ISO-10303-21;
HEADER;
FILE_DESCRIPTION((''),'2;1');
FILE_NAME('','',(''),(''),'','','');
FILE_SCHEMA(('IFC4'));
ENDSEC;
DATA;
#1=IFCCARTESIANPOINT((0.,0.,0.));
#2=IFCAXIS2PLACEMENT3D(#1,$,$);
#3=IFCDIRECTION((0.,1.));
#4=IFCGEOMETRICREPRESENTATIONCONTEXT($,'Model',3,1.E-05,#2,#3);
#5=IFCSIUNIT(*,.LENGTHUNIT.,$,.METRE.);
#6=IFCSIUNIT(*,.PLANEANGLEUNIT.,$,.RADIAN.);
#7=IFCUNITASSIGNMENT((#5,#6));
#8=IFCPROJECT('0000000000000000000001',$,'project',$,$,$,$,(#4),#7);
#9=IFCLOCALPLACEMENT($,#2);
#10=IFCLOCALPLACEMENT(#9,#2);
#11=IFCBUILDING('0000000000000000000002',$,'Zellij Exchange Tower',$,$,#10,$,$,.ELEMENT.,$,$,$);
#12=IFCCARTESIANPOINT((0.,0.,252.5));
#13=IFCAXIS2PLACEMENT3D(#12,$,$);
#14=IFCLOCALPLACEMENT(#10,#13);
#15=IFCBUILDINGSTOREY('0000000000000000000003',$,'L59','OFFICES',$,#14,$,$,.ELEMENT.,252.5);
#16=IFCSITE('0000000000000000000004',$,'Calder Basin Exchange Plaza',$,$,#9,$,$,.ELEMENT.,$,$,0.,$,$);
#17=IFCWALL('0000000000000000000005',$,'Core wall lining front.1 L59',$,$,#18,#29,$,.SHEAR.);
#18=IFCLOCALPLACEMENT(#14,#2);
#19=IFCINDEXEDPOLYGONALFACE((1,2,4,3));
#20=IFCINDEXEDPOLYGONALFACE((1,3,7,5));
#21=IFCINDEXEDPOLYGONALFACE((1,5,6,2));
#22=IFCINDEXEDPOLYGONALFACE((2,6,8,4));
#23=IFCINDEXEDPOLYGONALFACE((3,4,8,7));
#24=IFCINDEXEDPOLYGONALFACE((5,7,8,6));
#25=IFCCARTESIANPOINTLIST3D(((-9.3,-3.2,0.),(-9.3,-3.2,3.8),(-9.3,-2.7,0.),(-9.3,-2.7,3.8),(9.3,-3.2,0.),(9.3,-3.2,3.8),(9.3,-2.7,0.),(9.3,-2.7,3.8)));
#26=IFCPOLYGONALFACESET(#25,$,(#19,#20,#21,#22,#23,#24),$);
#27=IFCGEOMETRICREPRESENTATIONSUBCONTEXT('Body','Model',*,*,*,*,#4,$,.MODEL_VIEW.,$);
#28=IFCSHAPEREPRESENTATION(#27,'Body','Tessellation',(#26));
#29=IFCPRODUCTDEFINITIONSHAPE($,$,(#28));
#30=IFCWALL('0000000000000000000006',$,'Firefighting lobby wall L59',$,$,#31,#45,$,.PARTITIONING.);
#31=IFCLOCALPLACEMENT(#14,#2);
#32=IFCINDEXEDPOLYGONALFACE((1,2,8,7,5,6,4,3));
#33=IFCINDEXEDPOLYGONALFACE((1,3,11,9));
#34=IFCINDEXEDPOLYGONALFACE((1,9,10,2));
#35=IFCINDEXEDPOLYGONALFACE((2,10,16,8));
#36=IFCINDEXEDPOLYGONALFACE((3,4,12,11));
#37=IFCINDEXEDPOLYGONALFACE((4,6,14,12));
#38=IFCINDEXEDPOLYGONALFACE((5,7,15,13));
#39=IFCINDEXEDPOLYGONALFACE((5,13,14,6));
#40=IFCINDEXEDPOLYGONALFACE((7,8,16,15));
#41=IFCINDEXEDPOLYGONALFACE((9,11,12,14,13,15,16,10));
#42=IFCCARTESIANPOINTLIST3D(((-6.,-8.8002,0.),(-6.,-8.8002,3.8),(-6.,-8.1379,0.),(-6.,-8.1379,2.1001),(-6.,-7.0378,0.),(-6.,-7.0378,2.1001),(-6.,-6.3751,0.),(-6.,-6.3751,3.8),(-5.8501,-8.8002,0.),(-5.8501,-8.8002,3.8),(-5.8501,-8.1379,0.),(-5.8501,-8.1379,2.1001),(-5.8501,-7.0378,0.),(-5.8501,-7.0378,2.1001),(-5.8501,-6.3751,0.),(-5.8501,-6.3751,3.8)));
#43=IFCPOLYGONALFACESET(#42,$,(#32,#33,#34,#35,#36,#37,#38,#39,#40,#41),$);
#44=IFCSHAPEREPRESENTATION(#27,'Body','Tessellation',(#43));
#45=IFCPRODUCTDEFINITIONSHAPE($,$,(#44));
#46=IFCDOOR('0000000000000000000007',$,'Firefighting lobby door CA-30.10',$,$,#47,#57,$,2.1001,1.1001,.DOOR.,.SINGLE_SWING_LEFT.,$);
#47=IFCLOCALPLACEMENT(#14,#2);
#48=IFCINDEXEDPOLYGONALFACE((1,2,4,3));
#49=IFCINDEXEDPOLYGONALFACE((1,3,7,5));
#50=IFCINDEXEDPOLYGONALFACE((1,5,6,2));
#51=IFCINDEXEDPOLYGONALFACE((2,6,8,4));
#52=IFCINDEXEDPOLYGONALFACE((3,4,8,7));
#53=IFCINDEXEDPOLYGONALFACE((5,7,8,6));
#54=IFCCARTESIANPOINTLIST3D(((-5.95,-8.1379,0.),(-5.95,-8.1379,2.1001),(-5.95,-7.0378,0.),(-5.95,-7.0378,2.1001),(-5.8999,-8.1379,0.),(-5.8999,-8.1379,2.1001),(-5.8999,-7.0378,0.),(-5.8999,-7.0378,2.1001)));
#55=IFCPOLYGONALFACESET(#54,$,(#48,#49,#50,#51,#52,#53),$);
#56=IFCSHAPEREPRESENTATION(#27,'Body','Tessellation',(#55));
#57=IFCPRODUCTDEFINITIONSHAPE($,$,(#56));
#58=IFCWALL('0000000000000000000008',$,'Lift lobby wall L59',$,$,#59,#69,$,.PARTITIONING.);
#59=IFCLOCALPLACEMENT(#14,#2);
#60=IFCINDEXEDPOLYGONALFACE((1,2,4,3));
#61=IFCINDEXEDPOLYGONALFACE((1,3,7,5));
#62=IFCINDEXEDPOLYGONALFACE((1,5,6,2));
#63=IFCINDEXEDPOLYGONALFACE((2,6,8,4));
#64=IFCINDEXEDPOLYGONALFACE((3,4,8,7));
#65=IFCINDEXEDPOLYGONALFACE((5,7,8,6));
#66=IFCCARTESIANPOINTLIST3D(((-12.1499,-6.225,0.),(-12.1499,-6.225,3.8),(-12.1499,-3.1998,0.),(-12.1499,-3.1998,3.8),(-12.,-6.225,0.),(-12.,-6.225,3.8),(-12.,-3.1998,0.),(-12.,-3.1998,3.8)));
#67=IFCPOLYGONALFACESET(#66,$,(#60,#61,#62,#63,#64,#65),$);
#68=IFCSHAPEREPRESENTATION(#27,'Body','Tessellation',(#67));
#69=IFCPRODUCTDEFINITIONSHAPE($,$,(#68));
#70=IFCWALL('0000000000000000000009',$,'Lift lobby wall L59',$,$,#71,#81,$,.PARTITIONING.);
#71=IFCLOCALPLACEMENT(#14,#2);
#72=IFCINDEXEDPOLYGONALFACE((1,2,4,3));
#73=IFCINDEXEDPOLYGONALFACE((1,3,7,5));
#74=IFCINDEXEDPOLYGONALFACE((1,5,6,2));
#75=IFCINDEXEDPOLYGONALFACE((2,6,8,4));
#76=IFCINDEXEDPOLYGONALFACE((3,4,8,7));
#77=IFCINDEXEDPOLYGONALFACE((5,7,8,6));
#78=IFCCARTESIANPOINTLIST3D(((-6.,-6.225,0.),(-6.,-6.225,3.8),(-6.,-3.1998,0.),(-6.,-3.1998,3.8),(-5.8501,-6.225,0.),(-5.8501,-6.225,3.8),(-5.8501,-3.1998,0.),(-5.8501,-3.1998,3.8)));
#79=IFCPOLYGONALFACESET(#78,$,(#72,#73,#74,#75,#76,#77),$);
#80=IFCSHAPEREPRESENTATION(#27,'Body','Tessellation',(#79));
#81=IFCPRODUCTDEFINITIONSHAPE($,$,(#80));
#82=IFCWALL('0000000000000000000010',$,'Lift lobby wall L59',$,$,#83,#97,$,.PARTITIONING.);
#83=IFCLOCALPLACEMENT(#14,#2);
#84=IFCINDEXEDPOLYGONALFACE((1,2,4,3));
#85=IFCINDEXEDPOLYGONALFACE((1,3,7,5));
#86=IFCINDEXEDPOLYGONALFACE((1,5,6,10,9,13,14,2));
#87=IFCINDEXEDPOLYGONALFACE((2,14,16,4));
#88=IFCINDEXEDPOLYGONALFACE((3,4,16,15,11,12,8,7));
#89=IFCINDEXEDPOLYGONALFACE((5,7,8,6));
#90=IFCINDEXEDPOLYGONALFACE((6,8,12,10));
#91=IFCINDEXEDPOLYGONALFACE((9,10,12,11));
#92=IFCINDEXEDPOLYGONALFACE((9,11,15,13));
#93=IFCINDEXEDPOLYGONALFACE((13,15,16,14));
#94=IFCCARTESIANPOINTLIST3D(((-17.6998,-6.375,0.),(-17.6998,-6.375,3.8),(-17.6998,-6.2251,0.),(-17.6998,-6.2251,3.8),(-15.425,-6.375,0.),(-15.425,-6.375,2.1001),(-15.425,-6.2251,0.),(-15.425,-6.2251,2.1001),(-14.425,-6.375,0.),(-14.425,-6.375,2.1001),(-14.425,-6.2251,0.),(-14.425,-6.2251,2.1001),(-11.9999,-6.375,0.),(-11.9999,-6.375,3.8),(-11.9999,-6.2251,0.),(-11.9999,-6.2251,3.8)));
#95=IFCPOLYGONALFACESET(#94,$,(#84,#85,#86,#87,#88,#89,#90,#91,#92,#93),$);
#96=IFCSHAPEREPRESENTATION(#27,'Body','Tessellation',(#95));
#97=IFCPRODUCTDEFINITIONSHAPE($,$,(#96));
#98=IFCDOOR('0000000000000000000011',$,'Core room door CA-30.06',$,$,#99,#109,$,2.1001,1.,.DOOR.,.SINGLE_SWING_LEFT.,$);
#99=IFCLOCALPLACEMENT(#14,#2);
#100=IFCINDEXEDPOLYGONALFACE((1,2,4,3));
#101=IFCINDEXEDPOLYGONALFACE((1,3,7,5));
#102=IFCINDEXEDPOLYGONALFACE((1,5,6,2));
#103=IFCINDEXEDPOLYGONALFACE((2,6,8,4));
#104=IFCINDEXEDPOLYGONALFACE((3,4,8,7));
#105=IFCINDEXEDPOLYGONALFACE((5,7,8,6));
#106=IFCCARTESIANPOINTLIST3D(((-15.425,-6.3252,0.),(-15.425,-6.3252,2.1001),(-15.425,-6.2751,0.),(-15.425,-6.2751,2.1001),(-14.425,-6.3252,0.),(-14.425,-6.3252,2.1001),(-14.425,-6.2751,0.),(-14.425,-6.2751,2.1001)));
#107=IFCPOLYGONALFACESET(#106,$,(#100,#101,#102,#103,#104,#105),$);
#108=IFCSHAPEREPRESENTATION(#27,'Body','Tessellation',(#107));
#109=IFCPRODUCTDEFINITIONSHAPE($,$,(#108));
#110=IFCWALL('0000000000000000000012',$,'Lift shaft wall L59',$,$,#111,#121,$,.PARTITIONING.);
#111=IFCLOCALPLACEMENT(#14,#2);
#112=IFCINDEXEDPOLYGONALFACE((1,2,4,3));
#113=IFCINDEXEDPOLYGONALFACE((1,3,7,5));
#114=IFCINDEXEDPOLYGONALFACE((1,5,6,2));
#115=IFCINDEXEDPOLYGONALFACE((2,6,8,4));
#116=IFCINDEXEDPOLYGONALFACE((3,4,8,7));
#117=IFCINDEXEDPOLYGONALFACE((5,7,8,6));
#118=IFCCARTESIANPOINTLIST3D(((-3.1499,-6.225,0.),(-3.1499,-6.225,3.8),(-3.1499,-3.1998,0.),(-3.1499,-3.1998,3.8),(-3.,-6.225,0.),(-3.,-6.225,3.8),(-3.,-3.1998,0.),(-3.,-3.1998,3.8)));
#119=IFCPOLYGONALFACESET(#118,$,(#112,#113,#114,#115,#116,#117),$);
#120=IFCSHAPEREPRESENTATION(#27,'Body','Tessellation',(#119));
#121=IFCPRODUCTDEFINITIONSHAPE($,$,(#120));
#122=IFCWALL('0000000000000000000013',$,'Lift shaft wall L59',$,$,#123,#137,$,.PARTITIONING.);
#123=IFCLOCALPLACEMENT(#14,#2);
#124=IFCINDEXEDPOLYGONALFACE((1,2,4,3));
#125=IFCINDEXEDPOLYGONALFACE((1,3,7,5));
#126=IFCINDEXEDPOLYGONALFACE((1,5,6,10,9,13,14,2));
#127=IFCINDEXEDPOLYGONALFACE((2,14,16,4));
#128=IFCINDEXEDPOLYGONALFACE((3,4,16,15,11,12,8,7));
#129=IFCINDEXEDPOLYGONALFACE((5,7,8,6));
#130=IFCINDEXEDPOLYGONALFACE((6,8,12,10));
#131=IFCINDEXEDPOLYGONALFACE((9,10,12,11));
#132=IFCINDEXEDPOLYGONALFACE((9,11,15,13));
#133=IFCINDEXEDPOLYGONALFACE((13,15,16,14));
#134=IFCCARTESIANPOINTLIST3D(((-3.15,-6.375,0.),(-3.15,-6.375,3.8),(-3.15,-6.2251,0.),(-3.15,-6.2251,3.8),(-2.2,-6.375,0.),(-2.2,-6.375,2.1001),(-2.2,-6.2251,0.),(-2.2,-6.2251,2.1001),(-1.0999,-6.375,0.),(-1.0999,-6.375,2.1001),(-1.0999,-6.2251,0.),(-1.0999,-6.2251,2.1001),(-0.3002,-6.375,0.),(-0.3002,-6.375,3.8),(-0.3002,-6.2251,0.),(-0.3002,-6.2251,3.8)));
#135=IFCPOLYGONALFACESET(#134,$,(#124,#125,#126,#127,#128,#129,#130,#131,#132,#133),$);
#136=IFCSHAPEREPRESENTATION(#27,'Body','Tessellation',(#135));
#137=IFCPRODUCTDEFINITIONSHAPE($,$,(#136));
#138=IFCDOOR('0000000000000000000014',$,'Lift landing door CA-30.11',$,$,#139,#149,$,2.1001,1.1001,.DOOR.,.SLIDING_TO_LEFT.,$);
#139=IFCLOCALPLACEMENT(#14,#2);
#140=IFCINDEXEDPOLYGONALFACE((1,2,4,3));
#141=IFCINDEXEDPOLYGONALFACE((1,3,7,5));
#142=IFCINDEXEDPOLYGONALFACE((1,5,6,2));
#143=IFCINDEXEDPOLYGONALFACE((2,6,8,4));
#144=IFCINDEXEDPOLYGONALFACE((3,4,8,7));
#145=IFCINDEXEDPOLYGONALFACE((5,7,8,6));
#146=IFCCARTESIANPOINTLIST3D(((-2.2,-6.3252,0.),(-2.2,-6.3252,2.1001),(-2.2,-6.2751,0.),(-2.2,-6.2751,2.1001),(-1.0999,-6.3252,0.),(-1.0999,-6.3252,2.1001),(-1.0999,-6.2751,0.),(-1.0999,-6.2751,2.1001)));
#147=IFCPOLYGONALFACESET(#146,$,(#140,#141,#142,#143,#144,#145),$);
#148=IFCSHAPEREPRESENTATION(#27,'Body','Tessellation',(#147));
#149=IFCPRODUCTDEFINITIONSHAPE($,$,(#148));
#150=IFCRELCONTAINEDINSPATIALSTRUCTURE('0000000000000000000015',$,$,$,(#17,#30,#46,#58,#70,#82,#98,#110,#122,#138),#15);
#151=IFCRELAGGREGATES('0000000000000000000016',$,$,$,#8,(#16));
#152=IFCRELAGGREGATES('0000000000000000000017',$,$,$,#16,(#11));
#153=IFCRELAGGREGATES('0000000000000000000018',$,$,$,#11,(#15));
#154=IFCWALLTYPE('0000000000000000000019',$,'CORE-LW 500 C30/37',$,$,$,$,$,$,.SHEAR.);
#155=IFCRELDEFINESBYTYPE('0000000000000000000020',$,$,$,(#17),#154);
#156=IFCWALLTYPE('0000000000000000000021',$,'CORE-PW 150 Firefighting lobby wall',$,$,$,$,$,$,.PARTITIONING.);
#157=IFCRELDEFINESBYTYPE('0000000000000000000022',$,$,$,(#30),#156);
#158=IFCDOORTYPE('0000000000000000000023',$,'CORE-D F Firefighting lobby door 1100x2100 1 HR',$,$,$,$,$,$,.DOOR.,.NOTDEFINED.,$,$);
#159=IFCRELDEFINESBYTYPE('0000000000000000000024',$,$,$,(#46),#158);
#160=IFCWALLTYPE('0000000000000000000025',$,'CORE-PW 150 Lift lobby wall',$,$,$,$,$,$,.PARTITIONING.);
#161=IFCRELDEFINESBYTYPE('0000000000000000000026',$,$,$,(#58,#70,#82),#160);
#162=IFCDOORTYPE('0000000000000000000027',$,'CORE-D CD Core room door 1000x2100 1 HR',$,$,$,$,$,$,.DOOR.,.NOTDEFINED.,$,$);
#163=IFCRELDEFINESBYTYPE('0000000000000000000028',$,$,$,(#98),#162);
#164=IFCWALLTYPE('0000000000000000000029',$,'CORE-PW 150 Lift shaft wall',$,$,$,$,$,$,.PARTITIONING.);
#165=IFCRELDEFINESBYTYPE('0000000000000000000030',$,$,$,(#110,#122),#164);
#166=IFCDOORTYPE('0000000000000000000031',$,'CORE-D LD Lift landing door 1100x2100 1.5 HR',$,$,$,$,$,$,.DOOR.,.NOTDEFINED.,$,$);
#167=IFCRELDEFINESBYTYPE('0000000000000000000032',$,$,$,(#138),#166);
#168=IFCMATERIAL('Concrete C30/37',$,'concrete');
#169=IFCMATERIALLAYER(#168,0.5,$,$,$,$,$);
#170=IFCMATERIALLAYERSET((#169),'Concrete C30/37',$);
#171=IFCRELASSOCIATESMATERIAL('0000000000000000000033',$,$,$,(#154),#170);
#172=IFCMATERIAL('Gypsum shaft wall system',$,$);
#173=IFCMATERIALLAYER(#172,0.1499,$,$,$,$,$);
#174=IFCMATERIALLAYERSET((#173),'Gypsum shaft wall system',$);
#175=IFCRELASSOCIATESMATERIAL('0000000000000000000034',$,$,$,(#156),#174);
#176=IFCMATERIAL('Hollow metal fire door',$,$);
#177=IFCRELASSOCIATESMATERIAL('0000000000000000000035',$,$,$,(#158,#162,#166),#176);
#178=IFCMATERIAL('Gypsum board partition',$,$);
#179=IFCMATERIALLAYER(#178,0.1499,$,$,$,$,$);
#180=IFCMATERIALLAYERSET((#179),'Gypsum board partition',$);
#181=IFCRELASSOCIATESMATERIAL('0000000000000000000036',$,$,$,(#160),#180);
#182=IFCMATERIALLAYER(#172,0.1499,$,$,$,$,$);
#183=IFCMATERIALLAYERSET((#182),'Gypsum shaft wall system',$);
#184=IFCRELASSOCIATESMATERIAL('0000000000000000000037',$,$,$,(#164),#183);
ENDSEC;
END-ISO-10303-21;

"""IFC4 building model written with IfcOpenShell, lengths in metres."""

from ifc_helpers import new_model, si_unit, direction, frame, frame_2d, origin, place, context, subcontext, project, spatial, rectangle, extrude, material, layer, layer_set, type_object, element, fill, save


model = new_model("IFC4")

# Units and contexts
model_context = context("Model", 3, precision=1e-05, world=origin(), true_north=direction((0.0, 1.0)))
body_context = subcontext(model_context, "Body", "Model", "MODEL_VIEW")
ifc_project = project(units=[si_unit("LENGTHUNIT", "METRE"), si_unit("PLANEANGLEUNIT", "RADIAN")], contexts=[model_context])

# Site, building, storey
site_placement = place(None, origin())
site = spatial("IfcSite", under=ifc_project, at=site_placement, Name="Calder Basin Exchange Plaza", CompositionType="ELEMENT", RefElevation=0.0)
building_placement = place(site_placement, origin())
building = spatial("IfcBuilding", under=site, at=building_placement, Name="Zellij Exchange Tower", CompositionType="ELEMENT")
storey_placement = place(building_placement, frame((0.0, 0.0, 252.5)))
storey = spatial("IfcBuildingStorey", under=building, at=storey_placement, Name="L59", Description="OFFICES", CompositionType="ELEMENT", Elevation=252.5)

# Wall
ifc_material_1 = material(Name="Concrete C30/37", Category="concrete")
ifc_layer_1 = layer(ifc_material_1, 0.5)
ifc_layer_set_1 = layer_set([ifc_layer_1], Name="Concrete C30/37")
wall_type_1 = type_object("IfcWallType", Name="CORE-LW 500 C30/37", PredefinedType="SHEAR", material=ifc_layer_set_1)
wall_1_placement = place(storey_placement, frame((-9.3, -2.95, 0.0), z_axis=(0.0, 0.0, 1.0), x_axis=(1.0, 0.0, 0.0)))
element("IfcWall", 1, at=wall_1_placement, inside=storey, type_object=wall_type_1, Name="Core wall lining front.1 L59", PredefinedType="SHEAR", context=body_context, shape_type="SweptSolid", body=[
    extrude(rectangle(XDim=18.6001, YDim=0.5, at=frame_2d((9.3, 0.0))), origin(), (0.0, 0.0, 1.0), 3.8),
])

# Wall, opening, door
ifc_material_2 = material(Name="Gypsum shaft wall system")
ifc_layer_2 = layer(ifc_material_2, 0.1499)
ifc_layer_set_2 = layer_set([ifc_layer_2], Name="Gypsum shaft wall system")
wall_type_2 = type_object("IfcWallType", Name="CORE-PW 150 Firefighting lobby wall", PredefinedType="PARTITIONING", material=ifc_layer_set_2)
wall_2_placement = place(storey_placement, frame((-5.925, -8.8, 0.0), z_axis=(0.0, 0.0, 1.0), x_axis=(0.0, 1.0, 0.0)))
wall_2 = element("IfcWall", 2, at=wall_2_placement, inside=storey, type_object=wall_type_2, Name="Firefighting lobby wall L59", PredefinedType="PARTITIONING", context=body_context, shape_type="SweptSolid", body=[
    extrude(rectangle(XDim=2.425, YDim=0.1499, at=frame_2d((1.2124, 0.0))), origin(), (0.0, 0.0, 1.0), 3.8),
])
opening_1_placement = place(wall_2_placement, frame((0.6621, 0.0, 0.0)))
opening_1 = element("IfcOpeningElement", 3, at=opening_1_placement, cuts=wall_2, PredefinedType="OPENING", context=body_context, shape_type="SweptSolid", body=[
    extrude(rectangle(XDim=1.1001, YDim=2.1001, at=frame_2d((0.55, 1.05))), frame((0.0, 0.0869, 0.0), z_axis=(0.0, -1.0, 0.0), x_axis=(1.0, 0.0, 0.0)), (0.0, 0.0, 1.0), 0.1738),
])
ifc_material_3 = material(Name="Hollow metal fire door")
door_type_1 = type_object("IfcDoorType", Name="CORE-D F Firefighting lobby door 1100x2100 1 HR", OperationType="NOTDEFINED", PredefinedType="DOOR", material=ifc_material_3)
door_1_placement = place(opening_1_placement, origin())
door_1 = element("IfcDoor", 4, at=door_1_placement, inside=storey, type_object=door_type_1, Name="Firefighting lobby door CA-30.10", OperationType="SINGLE_SWING_LEFT", OverallHeight=2.1001, OverallWidth=1.1001, PredefinedType="DOOR", context=body_context, shape_type="SweptSolid", body=[
    extrude(rectangle(XDim=1.1001, YDim=2.1001, at=frame_2d((0.55, 1.05))), frame((0.0, 0.0249, 0.0), z_axis=(0.0, -1.0, 0.0), x_axis=(1.0, 0.0, 0.0)), (0.0, 0.0, 1.0), 0.05),
])
fill(opening_1, door_1)

# Walls
ifc_material_4 = material(Name="Gypsum board partition")
ifc_layer_3 = layer(ifc_material_4, 0.1499)
ifc_layer_set_3 = layer_set([ifc_layer_3], Name="Gypsum board partition")
wall_type_3 = type_object("IfcWallType", Name="CORE-PW 150 Lift lobby wall", PredefinedType="PARTITIONING", material=ifc_layer_set_3)
for number, where, z_axis, x_axis, name in (
    (5, (-12.075, -6.2251, 0.0), (0.0, 0.0, 1.0), (0.0, 1.0, 0.0), "Lift lobby wall L59"),
    (6, (-5.925, -6.2251, 0.0), (0.0, 0.0, 1.0), (0.0, 1.0, 0.0), "Lift lobby wall L59"),
):
    element("IfcWall", number, at=place(storey_placement, frame(where, z_axis=z_axis, x_axis=x_axis)), inside=storey, type_object=wall_type_3, Name=name, PredefinedType="PARTITIONING", context=body_context, shape_type="SweptSolid", body=[
        extrude(rectangle(XDim=3.0251, YDim=0.1499, at=frame_2d((1.5127, 0.0))), origin(), (0.0, 0.0, 1.0), 3.8),
    ])

# Wall, opening, door
wall_3_placement = place(storey_placement, frame((-17.7, -6.3, 0.0), z_axis=(0.0, 0.0, 1.0), x_axis=(1.0, 0.0, 0.0)))
wall_3 = element("IfcWall", 7, at=wall_3_placement, inside=storey, type_object=wall_type_3, Name="Lift lobby wall L59", PredefinedType="PARTITIONING", context=body_context, shape_type="SweptSolid", body=[
    extrude(rectangle(XDim=5.7, YDim=0.1499, at=frame_2d((2.8501, 0.0))), origin(), (0.0, 0.0, 1.0), 3.8),
])
opening_2_placement = place(wall_3_placement, frame((2.2749, 0.0, 0.0)))
opening_2 = element("IfcOpeningElement", 8, at=opening_2_placement, cuts=wall_3, PredefinedType="OPENING", context=body_context, shape_type="SweptSolid", body=[
    extrude(rectangle(XDim=1.0, YDim=2.1001, at=frame_2d((0.5, 1.05))), frame((0.0, 0.0869, 0.0), z_axis=(0.0, -1.0, 0.0), x_axis=(1.0, 0.0, 0.0)), (0.0, 0.0, 1.0), 0.1738),
])
door_type_2 = type_object("IfcDoorType", Name="CORE-D CD Core room door 1000x2100 1 HR", OperationType="NOTDEFINED", PredefinedType="DOOR", material=ifc_material_3)
door_2_placement = place(opening_2_placement, origin())
door_2 = element("IfcDoor", 9, at=door_2_placement, inside=storey, type_object=door_type_2, Name="Core room door CA-30.06", OperationType="SINGLE_SWING_LEFT", OverallHeight=2.1001, OverallWidth=1.0, PredefinedType="DOOR", context=body_context, shape_type="SweptSolid", body=[
    extrude(rectangle(XDim=1.0, YDim=2.1001, at=frame_2d((0.5, 1.05))), frame((0.0, 0.0249, 0.0), z_axis=(0.0, -1.0, 0.0), x_axis=(1.0, 0.0, 0.0)), (0.0, 0.0, 1.0), 0.05),
])
fill(opening_2, door_2)

# Wall
ifc_layer_4 = layer(ifc_material_2, 0.1499)
ifc_layer_set_4 = layer_set([ifc_layer_4], Name="Gypsum shaft wall system")
wall_type_4 = type_object("IfcWallType", Name="CORE-PW 150 Lift shaft wall", PredefinedType="PARTITIONING", material=ifc_layer_set_4)
wall_4_placement = place(storey_placement, frame((-3.075, -6.2251, 0.0), z_axis=(0.0, 0.0, 1.0), x_axis=(0.0, 1.0, 0.0)))
element("IfcWall", 10, at=wall_4_placement, inside=storey, type_object=wall_type_4, Name="Lift shaft wall L59", PredefinedType="PARTITIONING", context=body_context, shape_type="SweptSolid", body=[
    extrude(rectangle(XDim=3.0251, YDim=0.1499, at=frame_2d((1.5127, 0.0))), origin(), (0.0, 0.0, 1.0), 3.8),
])

# Wall, opening, door
wall_5_placement = place(storey_placement, frame((-3.1499, -6.3, 0.0), z_axis=(0.0, 0.0, 1.0), x_axis=(1.0, 0.0, 0.0)))
wall_5 = element("IfcWall", 11, at=wall_5_placement, inside=storey, type_object=wall_type_4, Name="Lift shaft wall L59", PredefinedType="PARTITIONING", context=body_context, shape_type="SweptSolid", body=[
    extrude(rectangle(XDim=2.8499, YDim=0.1499, at=frame_2d((1.4248, 0.0))), origin(), (0.0, 0.0, 1.0), 3.8),
])
opening_3_placement = place(wall_5_placement, frame((0.95, 0.0, 0.0)))
opening_3 = element("IfcOpeningElement", 12, at=opening_3_placement, cuts=wall_5, PredefinedType="OPENING", context=body_context, shape_type="SweptSolid", body=[
    extrude(rectangle(XDim=1.1001, YDim=2.1001, at=frame_2d((0.55, 1.05))), frame((0.0, 0.0869, 0.0), z_axis=(0.0, -1.0, 0.0), x_axis=(1.0, 0.0, 0.0)), (0.0, 0.0, 1.0), 0.1738),
])
door_type_3 = type_object("IfcDoorType", Name="CORE-D LD Lift landing door 1100x2100 1.5 HR", OperationType="NOTDEFINED", PredefinedType="DOOR", material=ifc_material_3)
door_3_placement = place(opening_3_placement, origin())
door_3 = element("IfcDoor", 13, at=door_3_placement, inside=storey, type_object=door_type_3, Name="Lift landing door CA-30.11", OperationType="SLIDING_TO_LEFT", OverallHeight=2.1001, OverallWidth=1.1001, PredefinedType="DOOR", context=body_context, shape_type="SweptSolid", body=[
    extrude(rectangle(XDim=1.1001, YDim=2.1001, at=frame_2d((0.55, 1.05))), frame((0.0, 0.0249, 0.0), z_axis=(0.0, -1.0, 0.0), x_axis=(1.0, 0.0, 0.0)), (0.0, 0.0, 1.0), 0.05),
])
fill(opening_3, door_3)

save(model, "model.ifc")
